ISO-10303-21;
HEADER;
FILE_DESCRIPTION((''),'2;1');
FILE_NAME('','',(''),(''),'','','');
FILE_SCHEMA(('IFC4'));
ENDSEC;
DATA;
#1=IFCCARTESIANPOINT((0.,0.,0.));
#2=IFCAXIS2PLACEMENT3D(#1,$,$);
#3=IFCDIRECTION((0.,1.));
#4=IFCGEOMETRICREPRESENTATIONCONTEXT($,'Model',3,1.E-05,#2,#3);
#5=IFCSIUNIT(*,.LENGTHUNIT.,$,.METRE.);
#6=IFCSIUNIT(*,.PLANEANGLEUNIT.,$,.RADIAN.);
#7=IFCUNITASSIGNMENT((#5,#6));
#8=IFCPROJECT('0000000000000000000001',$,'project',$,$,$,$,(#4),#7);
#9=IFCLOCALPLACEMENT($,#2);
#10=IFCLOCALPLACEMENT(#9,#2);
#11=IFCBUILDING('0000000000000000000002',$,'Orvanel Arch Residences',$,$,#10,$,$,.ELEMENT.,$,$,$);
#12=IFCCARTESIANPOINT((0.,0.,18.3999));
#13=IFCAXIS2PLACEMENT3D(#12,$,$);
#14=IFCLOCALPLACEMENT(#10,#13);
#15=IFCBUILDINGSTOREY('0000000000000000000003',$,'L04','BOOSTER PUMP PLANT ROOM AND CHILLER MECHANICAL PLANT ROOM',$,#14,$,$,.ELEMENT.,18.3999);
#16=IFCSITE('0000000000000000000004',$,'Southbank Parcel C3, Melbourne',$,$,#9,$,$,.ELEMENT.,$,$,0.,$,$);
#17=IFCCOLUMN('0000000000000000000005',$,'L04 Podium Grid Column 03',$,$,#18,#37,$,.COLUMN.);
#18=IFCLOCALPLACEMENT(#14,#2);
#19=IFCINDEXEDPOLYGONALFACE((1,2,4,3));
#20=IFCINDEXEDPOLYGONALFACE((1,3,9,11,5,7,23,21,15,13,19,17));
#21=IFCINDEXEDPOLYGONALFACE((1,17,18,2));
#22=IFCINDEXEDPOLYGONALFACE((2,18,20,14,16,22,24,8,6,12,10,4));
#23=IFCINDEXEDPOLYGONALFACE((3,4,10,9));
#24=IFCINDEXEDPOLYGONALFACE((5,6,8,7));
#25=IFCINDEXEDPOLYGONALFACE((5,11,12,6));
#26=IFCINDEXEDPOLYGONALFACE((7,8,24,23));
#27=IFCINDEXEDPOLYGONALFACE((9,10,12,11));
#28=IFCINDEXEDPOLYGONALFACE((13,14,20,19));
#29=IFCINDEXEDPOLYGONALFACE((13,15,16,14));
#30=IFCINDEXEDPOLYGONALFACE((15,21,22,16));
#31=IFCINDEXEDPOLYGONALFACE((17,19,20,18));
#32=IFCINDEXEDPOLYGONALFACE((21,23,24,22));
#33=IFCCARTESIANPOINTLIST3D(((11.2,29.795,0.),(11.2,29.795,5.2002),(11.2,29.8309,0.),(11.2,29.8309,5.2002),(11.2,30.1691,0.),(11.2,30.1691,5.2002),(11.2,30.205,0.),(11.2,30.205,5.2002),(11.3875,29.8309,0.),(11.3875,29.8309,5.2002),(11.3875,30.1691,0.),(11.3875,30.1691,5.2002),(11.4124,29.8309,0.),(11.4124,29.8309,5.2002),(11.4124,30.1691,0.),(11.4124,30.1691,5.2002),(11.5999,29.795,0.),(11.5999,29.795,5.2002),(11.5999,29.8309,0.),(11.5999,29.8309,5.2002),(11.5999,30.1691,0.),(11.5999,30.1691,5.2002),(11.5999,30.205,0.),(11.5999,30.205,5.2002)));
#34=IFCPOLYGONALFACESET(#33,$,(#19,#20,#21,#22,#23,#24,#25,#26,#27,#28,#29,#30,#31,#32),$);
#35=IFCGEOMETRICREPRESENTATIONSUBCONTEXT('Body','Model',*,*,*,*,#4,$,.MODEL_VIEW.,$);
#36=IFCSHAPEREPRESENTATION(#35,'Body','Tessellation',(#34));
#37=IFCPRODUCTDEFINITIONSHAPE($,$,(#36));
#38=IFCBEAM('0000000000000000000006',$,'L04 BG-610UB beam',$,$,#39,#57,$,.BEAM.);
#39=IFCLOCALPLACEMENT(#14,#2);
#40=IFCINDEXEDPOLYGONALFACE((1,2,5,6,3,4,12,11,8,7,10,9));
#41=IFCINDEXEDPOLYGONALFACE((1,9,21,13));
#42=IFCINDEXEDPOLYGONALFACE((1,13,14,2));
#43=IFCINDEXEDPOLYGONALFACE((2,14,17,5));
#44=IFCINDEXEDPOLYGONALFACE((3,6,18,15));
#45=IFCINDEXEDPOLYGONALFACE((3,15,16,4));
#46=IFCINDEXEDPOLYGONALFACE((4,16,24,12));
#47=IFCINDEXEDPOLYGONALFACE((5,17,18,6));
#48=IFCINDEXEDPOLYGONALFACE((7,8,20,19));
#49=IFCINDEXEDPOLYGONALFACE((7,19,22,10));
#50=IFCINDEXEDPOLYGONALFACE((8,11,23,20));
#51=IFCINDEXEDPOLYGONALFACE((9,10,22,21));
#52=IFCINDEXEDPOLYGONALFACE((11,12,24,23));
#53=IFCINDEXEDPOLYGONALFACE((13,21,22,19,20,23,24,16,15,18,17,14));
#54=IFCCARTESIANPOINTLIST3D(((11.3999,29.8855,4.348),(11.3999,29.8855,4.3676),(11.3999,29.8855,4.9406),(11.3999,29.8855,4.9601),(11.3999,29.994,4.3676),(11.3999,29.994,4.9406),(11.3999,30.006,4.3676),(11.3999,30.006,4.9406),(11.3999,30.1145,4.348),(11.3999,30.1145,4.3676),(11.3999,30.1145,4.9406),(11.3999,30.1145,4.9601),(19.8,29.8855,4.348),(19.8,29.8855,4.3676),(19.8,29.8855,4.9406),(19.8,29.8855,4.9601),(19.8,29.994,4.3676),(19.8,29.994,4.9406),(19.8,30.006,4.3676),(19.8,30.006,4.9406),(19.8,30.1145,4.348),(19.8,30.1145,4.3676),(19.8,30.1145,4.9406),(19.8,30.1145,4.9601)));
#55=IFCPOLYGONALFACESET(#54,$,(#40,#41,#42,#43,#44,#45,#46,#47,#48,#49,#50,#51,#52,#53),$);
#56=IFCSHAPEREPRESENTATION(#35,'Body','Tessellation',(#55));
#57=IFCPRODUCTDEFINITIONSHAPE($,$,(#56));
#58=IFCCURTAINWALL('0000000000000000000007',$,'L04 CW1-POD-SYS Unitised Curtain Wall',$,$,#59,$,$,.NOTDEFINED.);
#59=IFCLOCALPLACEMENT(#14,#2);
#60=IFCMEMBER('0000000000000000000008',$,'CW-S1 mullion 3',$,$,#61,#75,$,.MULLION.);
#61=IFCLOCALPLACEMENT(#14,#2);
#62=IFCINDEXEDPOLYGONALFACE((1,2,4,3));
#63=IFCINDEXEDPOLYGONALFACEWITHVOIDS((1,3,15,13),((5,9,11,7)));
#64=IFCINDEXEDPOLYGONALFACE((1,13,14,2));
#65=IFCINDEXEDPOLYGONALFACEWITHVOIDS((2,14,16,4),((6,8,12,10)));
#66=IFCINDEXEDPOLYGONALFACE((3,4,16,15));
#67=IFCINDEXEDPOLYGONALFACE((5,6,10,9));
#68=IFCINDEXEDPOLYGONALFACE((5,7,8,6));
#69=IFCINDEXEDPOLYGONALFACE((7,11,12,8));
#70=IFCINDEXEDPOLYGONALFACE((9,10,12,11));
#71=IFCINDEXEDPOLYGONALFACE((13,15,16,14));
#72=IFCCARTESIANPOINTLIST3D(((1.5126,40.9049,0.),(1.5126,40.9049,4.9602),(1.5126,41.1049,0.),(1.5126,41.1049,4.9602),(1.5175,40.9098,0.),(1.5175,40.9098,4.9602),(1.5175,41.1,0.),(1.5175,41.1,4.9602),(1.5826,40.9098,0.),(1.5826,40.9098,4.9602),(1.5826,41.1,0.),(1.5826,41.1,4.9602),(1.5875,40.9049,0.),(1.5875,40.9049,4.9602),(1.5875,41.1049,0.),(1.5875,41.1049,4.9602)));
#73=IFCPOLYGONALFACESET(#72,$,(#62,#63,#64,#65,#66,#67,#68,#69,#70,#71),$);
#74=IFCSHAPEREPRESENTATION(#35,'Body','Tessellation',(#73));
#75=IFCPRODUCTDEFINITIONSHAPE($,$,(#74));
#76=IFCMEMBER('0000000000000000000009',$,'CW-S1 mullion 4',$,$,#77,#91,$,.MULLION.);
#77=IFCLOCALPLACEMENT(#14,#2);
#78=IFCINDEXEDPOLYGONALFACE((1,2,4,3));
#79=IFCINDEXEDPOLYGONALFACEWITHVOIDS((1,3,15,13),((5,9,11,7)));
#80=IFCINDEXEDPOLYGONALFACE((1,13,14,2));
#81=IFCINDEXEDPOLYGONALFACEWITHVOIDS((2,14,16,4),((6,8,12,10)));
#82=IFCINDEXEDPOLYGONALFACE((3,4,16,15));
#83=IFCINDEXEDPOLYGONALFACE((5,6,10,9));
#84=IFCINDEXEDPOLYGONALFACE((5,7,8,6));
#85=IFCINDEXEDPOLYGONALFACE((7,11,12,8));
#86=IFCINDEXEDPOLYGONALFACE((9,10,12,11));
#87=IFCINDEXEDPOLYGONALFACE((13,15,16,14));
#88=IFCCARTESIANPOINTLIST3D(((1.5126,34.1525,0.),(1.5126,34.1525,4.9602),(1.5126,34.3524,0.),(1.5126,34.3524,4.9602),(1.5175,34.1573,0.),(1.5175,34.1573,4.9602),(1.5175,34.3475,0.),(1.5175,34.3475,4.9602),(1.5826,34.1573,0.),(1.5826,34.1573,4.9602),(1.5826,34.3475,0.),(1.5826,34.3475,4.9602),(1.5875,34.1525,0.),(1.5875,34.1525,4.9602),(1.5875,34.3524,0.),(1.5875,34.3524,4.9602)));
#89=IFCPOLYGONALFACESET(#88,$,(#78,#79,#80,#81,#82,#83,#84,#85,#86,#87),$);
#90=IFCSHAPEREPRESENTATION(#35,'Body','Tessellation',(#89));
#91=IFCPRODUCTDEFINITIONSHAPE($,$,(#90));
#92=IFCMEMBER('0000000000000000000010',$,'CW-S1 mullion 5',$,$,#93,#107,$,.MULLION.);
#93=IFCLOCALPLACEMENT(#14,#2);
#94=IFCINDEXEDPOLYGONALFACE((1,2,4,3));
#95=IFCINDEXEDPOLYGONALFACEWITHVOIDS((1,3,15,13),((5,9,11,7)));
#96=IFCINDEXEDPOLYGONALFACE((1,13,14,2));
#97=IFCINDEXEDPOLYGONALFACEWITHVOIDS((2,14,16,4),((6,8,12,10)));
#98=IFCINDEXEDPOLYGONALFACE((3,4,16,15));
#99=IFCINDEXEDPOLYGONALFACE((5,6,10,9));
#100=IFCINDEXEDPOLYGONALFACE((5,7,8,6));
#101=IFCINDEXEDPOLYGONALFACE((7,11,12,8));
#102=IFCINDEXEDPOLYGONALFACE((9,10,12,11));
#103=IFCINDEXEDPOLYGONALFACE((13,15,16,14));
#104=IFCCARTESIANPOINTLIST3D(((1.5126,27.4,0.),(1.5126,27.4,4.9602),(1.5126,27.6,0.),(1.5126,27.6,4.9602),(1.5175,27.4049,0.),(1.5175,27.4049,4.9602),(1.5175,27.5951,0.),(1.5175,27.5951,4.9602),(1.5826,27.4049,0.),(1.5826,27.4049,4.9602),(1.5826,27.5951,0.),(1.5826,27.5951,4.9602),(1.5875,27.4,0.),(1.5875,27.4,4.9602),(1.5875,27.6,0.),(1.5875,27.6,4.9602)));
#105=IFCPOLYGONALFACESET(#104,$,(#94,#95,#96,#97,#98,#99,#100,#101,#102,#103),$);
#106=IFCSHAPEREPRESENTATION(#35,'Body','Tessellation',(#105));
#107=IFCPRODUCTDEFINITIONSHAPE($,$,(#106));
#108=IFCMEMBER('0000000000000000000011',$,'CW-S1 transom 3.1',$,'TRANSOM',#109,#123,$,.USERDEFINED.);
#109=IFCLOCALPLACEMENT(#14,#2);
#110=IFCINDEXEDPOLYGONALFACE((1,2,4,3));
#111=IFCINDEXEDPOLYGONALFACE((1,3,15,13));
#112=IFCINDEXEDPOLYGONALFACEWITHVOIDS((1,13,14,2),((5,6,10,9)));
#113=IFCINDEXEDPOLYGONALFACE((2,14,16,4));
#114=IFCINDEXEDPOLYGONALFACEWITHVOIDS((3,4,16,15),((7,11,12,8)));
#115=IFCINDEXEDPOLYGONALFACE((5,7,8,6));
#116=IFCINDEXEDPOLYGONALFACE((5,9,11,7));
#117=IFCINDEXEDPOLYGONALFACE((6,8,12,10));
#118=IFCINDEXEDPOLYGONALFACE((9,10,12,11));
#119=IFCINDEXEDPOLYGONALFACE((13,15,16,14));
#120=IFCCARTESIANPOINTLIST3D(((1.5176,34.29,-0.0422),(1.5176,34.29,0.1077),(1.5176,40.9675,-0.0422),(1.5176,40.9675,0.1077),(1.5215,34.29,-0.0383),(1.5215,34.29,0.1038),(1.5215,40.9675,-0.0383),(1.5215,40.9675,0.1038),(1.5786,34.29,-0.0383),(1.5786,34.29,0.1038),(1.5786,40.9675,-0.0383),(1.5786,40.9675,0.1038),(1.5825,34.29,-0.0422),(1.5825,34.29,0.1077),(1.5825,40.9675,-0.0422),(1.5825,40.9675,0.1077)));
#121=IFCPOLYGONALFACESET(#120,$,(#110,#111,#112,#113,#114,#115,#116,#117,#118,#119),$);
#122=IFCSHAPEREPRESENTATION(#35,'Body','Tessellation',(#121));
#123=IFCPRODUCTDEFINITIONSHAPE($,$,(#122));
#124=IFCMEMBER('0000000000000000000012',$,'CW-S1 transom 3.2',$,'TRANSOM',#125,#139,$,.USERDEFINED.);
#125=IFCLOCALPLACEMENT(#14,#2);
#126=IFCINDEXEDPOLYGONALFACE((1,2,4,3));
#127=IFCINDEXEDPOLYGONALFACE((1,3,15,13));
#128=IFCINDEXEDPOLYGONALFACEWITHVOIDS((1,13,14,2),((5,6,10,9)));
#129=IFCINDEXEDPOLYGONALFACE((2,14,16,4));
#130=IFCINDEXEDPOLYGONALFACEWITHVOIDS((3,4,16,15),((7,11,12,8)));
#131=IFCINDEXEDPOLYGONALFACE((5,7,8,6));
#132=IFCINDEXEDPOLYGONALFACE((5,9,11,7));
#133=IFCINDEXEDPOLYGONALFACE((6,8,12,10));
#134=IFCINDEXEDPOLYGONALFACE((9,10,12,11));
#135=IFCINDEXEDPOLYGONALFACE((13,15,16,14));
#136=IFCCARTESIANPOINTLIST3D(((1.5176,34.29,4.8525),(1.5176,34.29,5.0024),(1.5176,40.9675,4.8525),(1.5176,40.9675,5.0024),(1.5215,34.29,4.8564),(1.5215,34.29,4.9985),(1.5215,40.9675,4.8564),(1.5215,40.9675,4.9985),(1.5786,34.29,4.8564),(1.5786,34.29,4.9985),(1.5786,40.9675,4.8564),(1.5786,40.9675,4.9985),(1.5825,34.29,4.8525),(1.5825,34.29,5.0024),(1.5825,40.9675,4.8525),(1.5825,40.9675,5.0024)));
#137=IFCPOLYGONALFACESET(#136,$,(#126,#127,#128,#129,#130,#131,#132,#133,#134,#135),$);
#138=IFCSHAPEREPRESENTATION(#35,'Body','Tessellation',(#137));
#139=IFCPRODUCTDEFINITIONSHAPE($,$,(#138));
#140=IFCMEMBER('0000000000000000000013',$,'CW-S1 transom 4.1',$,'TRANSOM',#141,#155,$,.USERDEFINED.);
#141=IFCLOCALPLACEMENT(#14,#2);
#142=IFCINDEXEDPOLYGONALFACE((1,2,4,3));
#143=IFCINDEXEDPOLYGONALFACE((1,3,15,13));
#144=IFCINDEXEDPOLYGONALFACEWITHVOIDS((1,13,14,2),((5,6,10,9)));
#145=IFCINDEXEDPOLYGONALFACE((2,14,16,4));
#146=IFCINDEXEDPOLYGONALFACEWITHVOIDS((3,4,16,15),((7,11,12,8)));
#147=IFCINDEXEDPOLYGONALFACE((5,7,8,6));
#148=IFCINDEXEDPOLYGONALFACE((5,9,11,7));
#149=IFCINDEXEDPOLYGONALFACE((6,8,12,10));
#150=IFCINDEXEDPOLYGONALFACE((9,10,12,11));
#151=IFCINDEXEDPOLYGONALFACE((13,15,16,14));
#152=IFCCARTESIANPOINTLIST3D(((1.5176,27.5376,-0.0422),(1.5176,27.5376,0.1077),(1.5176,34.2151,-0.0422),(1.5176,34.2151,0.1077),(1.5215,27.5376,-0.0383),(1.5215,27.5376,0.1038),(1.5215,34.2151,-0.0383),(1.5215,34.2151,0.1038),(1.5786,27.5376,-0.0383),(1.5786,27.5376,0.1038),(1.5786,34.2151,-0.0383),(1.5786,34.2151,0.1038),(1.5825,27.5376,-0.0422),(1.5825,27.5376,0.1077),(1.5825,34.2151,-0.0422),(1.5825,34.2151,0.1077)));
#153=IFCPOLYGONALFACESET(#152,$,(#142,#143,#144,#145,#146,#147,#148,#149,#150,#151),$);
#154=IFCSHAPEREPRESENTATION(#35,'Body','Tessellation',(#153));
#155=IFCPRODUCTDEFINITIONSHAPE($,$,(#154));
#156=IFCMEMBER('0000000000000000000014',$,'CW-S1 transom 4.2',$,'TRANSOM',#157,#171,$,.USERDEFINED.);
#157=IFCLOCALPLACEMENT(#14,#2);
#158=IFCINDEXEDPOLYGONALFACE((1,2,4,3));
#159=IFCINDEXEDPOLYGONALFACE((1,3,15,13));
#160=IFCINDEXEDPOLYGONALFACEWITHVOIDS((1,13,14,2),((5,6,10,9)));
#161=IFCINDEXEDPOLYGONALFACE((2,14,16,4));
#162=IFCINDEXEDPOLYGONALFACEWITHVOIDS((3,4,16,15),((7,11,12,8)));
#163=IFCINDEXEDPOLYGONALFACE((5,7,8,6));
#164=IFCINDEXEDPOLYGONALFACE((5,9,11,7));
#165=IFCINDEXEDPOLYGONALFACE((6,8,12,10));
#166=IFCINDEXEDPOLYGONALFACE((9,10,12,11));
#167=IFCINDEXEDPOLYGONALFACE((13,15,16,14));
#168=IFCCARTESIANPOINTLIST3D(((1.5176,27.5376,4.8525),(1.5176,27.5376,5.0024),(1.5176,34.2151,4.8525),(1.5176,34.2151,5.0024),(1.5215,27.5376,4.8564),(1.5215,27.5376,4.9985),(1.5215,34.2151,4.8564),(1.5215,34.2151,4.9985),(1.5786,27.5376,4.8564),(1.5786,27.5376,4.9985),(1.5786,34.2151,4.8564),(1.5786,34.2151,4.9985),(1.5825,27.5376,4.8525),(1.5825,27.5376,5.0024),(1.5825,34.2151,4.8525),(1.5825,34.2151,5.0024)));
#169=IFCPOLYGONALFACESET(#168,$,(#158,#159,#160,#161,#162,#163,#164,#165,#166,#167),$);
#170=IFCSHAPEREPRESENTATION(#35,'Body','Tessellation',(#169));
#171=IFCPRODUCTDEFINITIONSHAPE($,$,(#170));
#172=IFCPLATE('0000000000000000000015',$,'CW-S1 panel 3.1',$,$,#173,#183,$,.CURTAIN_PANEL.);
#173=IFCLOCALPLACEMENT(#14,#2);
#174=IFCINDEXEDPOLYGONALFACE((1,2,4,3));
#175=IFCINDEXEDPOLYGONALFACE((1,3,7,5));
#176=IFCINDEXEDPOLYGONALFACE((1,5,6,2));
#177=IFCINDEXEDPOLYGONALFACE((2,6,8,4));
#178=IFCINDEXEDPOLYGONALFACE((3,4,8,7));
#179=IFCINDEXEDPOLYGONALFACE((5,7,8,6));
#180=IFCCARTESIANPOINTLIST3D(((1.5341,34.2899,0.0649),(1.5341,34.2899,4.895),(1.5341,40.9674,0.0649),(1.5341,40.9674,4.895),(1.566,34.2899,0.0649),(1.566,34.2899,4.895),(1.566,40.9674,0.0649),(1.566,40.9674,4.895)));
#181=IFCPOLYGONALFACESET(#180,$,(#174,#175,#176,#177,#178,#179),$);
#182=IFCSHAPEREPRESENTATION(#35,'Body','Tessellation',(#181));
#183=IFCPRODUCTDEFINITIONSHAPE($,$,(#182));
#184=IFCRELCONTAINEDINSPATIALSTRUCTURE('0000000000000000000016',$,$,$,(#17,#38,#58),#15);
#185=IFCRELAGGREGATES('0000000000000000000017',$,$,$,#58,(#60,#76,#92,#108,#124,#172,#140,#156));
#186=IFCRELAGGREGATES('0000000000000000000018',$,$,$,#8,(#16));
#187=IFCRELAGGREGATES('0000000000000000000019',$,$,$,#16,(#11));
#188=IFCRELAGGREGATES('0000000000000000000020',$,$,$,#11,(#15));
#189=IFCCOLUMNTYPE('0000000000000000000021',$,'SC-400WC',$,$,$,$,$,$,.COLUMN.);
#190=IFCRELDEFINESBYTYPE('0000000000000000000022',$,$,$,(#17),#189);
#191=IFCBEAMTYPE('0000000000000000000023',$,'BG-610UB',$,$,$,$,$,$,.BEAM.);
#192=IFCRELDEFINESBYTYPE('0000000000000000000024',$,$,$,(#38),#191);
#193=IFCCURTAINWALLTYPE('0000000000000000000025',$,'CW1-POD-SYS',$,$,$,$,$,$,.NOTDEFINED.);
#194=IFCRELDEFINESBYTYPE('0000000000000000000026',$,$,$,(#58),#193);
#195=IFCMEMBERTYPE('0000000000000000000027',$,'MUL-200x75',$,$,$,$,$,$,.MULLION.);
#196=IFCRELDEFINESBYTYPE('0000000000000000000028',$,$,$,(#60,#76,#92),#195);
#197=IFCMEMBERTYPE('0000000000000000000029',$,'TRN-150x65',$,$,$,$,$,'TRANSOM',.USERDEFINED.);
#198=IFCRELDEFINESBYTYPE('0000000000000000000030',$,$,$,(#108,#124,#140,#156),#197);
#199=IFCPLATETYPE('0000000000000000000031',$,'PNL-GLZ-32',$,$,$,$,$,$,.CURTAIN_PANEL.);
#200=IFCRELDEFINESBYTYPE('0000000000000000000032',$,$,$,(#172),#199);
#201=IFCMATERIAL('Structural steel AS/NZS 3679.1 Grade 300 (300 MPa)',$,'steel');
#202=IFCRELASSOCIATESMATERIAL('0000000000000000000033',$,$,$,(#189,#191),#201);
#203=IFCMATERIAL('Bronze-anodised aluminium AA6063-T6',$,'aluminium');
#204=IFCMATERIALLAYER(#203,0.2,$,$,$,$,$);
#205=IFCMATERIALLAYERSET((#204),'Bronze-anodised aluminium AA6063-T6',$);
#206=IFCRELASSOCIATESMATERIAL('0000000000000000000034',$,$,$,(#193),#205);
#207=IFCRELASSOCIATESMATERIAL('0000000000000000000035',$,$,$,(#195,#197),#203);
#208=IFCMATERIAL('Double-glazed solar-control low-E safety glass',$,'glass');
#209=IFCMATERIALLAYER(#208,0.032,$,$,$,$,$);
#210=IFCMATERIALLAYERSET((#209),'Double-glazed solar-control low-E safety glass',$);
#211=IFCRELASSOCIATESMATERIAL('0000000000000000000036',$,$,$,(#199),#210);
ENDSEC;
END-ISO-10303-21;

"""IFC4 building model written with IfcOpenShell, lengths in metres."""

from ifc_helpers import new_model, si_unit, direction, frame, origin, origin_2d, place, context, subcontext, project, spatial, rectangle, hollow_rectangle, i_section, extrude, material, layer, layer_set, material_profile, profile_set, type_object, element, aggregate, save


model = new_model("IFC4")

# Units and contexts
model_context = context("Model", 3, precision=1e-05, world=origin(), true_north=direction((0.0, 1.0)))
body_context = subcontext(model_context, "Body", "Model", "MODEL_VIEW")
ifc_project = project(units=[si_unit("LENGTHUNIT", "METRE"), si_unit("PLANEANGLEUNIT", "RADIAN")], contexts=[model_context])

# Site, building, storey
site_placement = place(None, origin())
site = spatial("IfcSite", under=ifc_project, at=site_placement, Name="Southbank Parcel C3, Melbourne", CompositionType="ELEMENT", RefElevation=0.0)
building_placement = place(site_placement, origin())
building = spatial("IfcBuilding", under=site, at=building_placement, Name="Orvanel Arch Residences", CompositionType="ELEMENT")
storey_placement = place(building_placement, frame((0.0, 0.0, 18.3999)))
storey = spatial("IfcBuildingStorey", under=building, at=storey_placement, Name="L04", Description="BOOSTER PUMP PLANT ROOM AND CHILLER MECHANICAL PLANT ROOM", CompositionType="ELEMENT", Elevation=18.3999)

# Column
ifc_material_1 = material(Name="Structural steel AS/NZS 3679.1 Grade 300 (300 MPa)", Category="steel")
ifc_material_profile_1 = material_profile(ifc_material_1, i_section(OverallWidth=0.3999, OverallDepth=0.4099, WebThickness=0.0249, FlangeThickness=0.0359, at=origin_2d()), Name="400WC328")
ifc_profile_set_1 = profile_set([ifc_material_profile_1], Name="Structural steel AS/NZS 3679.1 Grade 300 (300 MPa)")
column_type = type_object("IfcColumnType", Name="SC-400WC", PredefinedType="COLUMN", material=ifc_profile_set_1)
column_placement = place(storey_placement, frame((11.3999, 30.0, 0.0), z_axis=(0.0, 0.0, 1.0), x_axis=(1.0, 0.0, 0.0)))
element("IfcColumn", 1, at=column_placement, inside=storey, type_object=column_type, Name="L04 Podium Grid Column 03", PredefinedType="COLUMN", context=body_context, shape_type="SweptSolid", body=[
    extrude(i_section(OverallWidth=0.3999, OverallDepth=0.4099, WebThickness=0.0249, FlangeThickness=0.0359, at=origin_2d()), origin(), (0.0, 0.0, 1.0), 5.2002),
])

# Beam
ifc_material_profile_2 = material_profile(ifc_material_1, i_section(OverallWidth=0.229, OverallDepth=0.6121, WebThickness=0.012, FlangeThickness=0.0195, at=origin_2d()), Name="610UB125")
ifc_profile_set_2 = profile_set([ifc_material_profile_2], Name="Structural steel AS/NZS 3679.1 Grade 300 (300 MPa)")
beam_type = type_object("IfcBeamType", Name="BG-610UB", PredefinedType="BEAM", material=ifc_profile_set_2)
beam_placement = place(storey_placement, frame((11.3999, 30.0, 4.6541), z_axis=(1.0, 0.0, 0.0), x_axis=(0.0, 1.0, 0.0)))
element("IfcBeam", 2, at=beam_placement, inside=storey, type_object=beam_type, Name="L04 BG-610UB beam", PredefinedType="BEAM", context=body_context, shape_type="SweptSolid", body=[
    extrude(i_section(OverallWidth=0.229, OverallDepth=0.6121, WebThickness=0.012, FlangeThickness=0.0195, at=origin_2d()), origin(), (0.0, 0.0, 1.0), 8.4001),
])

# Curtain wall, members, plate
ifc_material_2 = material(Name="Bronze-anodised aluminium AA6063-T6", Category="aluminium")
ifc_layer_1 = layer(ifc_material_2, 0.2)
ifc_layer_set_1 = layer_set([ifc_layer_1], Name="Bronze-anodised aluminium AA6063-T6")
curtain_wall_type = type_object("IfcCurtainWallType", Name="CW1-POD-SYS", PredefinedType="NOTDEFINED", material=ifc_layer_set_1)
curtain_wall_placement = place(storey_placement, origin())
curtain_wall = element("IfcCurtainWall", 3, at=curtain_wall_placement, inside=storey, type_object=curtain_wall_type, Name="L04 CW1-POD-SYS Unitised Curtain Wall", PredefinedType="NOTDEFINED")
ifc_material_profile_3 = material_profile(ifc_material_2, hollow_rectangle(XDim=0.075, YDim=0.2, WallThickness=0.0049, at=origin_2d()), Name="ALU200x75x5")
ifc_profile_set_3 = profile_set([ifc_material_profile_3], Name="Bronze-anodised aluminium AA6063-T6")
member_type_1 = type_object("IfcMemberType", Name="MUL-200x75", PredefinedType="MULLION", material=ifc_profile_set_3)
member_1_placement = place(storey_placement, frame((1.55, 41.0049, 0.0), z_axis=(0.0, 0.0, 1.0), x_axis=(1.0, 0.0, 0.0)))
member_1 = element("IfcMember", 4, at=member_1_placement, type_object=member_type_1, Name="CW-S1 mullion 3", PredefinedType="MULLION", context=body_context, shape_type="SweptSolid", body=[
    extrude(hollow_rectangle(XDim=0.075, YDim=0.2, WallThickness=0.0049, at=origin_2d()), origin(), (0.0, 0.0, 1.0), 4.9602),
])
member_2_placement = place(storey_placement, frame((1.55, 34.2524, 0.0), z_axis=(0.0, 0.0, 1.0), x_axis=(1.0, 0.0, 0.0)))
member_2 = element("IfcMember", 5, at=member_2_placement, type_object=member_type_1, Name="CW-S1 mullion 4", PredefinedType="MULLION", context=body_context, shape_type="SweptSolid", body=[
    extrude(hollow_rectangle(XDim=0.075, YDim=0.2, WallThickness=0.0049, at=origin_2d()), origin(), (0.0, 0.0, 1.0), 4.9602),
])
member_3_placement = place(storey_placement, frame((1.55, 27.5, 0.0), z_axis=(0.0, 0.0, 1.0), x_axis=(1.0, 0.0, 0.0)))
member_3 = element("IfcMember", 6, at=member_3_placement, type_object=member_type_1, Name="CW-S1 mullion 5", PredefinedType="MULLION", context=body_context, shape_type="SweptSolid", body=[
    extrude(hollow_rectangle(XDim=0.075, YDim=0.2, WallThickness=0.0049, at=origin_2d()), origin(), (0.0, 0.0, 1.0), 4.9602),
])
ifc_material_profile_4 = material_profile(ifc_material_2, hollow_rectangle(XDim=0.0649, YDim=0.1499, WallThickness=0.0039, at=origin_2d()), Name="ALU150x65x4")
ifc_profile_set_4 = profile_set([ifc_material_profile_4], Name="Bronze-anodised aluminium AA6063-T6")
member_type_2 = type_object("IfcMemberType", Name="TRN-150x65", ElementType="TRANSOM", PredefinedType="USERDEFINED", material=ifc_profile_set_4)
member_4_placement = place(storey_placement, frame((1.55, 40.9675, 0.0327), z_axis=(0.0, -1.0, 0.0), x_axis=(1.0, 0.0, 0.0)))
member_4 = element("IfcMember", 7, at=member_4_placement, type_object=member_type_2, Name="CW-S1 transom 3.1", ObjectType="TRANSOM", PredefinedType="USERDEFINED", context=body_context, shape_type="SweptSolid", body=[
    extrude(hollow_rectangle(XDim=0.0649, YDim=0.1499, WallThickness=0.0039, at=origin_2d()), origin(), (0.0, 0.0, 1.0), 6.6775),
])
member_5_placement = place(storey_placement, frame((1.55, 40.9675, 4.9275), z_axis=(0.0, -1.0, 0.0), x_axis=(1.0, 0.0, 0.0)))
member_5 = element("IfcMember", 8, at=member_5_placement, type_object=member_type_2, Name="CW-S1 transom 3.2", ObjectType="TRANSOM", PredefinedType="USERDEFINED", context=body_context, shape_type="SweptSolid", body=[
    extrude(hollow_rectangle(XDim=0.0649, YDim=0.1499, WallThickness=0.0039, at=origin_2d()), origin(), (0.0, 0.0, 1.0), 6.6775),
])
member_6_placement = place(storey_placement, frame((1.55, 34.2151, 0.0327), z_axis=(0.0, -1.0, 0.0), x_axis=(1.0, 0.0, 0.0)))
member_6 = element("IfcMember", 9, at=member_6_placement, type_object=member_type_2, Name="CW-S1 transom 4.1", ObjectType="TRANSOM", PredefinedType="USERDEFINED", context=body_context, shape_type="SweptSolid", body=[
    extrude(hollow_rectangle(XDim=0.0649, YDim=0.1499, WallThickness=0.0039, at=origin_2d()), origin(), (0.0, 0.0, 1.0), 6.6775),
])
member_7_placement = place(storey_placement, frame((1.55, 34.2151, 4.9275), z_axis=(0.0, -1.0, 0.0), x_axis=(1.0, 0.0, 0.0)))
member_7 = element("IfcMember", 10, at=member_7_placement, type_object=member_type_2, Name="CW-S1 transom 4.2", ObjectType="TRANSOM", PredefinedType="USERDEFINED", context=body_context, shape_type="SweptSolid", body=[
    extrude(hollow_rectangle(XDim=0.0649, YDim=0.1499, WallThickness=0.0039, at=origin_2d()), origin(), (0.0, 0.0, 1.0), 6.6775),
])
ifc_material_3 = material(Name="Double-glazed solar-control low-E safety glass", Category="glass")
ifc_layer_2 = layer(ifc_material_3, 0.032)
ifc_layer_set_2 = layer_set([ifc_layer_2], Name="Double-glazed solar-control low-E safety glass")
plate_type = type_object("IfcPlateType", Name="PNL-GLZ-32", PredefinedType="CURTAIN_PANEL", material=ifc_layer_set_2)
plate_1_placement = place(storey_placement, frame((1.55, 37.6287, 0.0649), z_axis=(0.0, 0.0, 1.0), x_axis=(0.0, -1.0, 0.0)))
plate_1 = element("IfcPlate", 11, at=plate_1_placement, type_object=plate_type, Name="CW-S1 panel 3.1", PredefinedType="CURTAIN_PANEL", context=body_context, shape_type="SweptSolid", body=[
    extrude(rectangle(XDim=6.6775, YDim=0.032, at=origin_2d()), origin(), (0.0, 0.0, 1.0), 4.8301),
])
aggregate(curtain_wall, [member_1, member_2, member_3, member_4, member_5, plate_1, member_6, member_7])

save(model, "model.ifc")
